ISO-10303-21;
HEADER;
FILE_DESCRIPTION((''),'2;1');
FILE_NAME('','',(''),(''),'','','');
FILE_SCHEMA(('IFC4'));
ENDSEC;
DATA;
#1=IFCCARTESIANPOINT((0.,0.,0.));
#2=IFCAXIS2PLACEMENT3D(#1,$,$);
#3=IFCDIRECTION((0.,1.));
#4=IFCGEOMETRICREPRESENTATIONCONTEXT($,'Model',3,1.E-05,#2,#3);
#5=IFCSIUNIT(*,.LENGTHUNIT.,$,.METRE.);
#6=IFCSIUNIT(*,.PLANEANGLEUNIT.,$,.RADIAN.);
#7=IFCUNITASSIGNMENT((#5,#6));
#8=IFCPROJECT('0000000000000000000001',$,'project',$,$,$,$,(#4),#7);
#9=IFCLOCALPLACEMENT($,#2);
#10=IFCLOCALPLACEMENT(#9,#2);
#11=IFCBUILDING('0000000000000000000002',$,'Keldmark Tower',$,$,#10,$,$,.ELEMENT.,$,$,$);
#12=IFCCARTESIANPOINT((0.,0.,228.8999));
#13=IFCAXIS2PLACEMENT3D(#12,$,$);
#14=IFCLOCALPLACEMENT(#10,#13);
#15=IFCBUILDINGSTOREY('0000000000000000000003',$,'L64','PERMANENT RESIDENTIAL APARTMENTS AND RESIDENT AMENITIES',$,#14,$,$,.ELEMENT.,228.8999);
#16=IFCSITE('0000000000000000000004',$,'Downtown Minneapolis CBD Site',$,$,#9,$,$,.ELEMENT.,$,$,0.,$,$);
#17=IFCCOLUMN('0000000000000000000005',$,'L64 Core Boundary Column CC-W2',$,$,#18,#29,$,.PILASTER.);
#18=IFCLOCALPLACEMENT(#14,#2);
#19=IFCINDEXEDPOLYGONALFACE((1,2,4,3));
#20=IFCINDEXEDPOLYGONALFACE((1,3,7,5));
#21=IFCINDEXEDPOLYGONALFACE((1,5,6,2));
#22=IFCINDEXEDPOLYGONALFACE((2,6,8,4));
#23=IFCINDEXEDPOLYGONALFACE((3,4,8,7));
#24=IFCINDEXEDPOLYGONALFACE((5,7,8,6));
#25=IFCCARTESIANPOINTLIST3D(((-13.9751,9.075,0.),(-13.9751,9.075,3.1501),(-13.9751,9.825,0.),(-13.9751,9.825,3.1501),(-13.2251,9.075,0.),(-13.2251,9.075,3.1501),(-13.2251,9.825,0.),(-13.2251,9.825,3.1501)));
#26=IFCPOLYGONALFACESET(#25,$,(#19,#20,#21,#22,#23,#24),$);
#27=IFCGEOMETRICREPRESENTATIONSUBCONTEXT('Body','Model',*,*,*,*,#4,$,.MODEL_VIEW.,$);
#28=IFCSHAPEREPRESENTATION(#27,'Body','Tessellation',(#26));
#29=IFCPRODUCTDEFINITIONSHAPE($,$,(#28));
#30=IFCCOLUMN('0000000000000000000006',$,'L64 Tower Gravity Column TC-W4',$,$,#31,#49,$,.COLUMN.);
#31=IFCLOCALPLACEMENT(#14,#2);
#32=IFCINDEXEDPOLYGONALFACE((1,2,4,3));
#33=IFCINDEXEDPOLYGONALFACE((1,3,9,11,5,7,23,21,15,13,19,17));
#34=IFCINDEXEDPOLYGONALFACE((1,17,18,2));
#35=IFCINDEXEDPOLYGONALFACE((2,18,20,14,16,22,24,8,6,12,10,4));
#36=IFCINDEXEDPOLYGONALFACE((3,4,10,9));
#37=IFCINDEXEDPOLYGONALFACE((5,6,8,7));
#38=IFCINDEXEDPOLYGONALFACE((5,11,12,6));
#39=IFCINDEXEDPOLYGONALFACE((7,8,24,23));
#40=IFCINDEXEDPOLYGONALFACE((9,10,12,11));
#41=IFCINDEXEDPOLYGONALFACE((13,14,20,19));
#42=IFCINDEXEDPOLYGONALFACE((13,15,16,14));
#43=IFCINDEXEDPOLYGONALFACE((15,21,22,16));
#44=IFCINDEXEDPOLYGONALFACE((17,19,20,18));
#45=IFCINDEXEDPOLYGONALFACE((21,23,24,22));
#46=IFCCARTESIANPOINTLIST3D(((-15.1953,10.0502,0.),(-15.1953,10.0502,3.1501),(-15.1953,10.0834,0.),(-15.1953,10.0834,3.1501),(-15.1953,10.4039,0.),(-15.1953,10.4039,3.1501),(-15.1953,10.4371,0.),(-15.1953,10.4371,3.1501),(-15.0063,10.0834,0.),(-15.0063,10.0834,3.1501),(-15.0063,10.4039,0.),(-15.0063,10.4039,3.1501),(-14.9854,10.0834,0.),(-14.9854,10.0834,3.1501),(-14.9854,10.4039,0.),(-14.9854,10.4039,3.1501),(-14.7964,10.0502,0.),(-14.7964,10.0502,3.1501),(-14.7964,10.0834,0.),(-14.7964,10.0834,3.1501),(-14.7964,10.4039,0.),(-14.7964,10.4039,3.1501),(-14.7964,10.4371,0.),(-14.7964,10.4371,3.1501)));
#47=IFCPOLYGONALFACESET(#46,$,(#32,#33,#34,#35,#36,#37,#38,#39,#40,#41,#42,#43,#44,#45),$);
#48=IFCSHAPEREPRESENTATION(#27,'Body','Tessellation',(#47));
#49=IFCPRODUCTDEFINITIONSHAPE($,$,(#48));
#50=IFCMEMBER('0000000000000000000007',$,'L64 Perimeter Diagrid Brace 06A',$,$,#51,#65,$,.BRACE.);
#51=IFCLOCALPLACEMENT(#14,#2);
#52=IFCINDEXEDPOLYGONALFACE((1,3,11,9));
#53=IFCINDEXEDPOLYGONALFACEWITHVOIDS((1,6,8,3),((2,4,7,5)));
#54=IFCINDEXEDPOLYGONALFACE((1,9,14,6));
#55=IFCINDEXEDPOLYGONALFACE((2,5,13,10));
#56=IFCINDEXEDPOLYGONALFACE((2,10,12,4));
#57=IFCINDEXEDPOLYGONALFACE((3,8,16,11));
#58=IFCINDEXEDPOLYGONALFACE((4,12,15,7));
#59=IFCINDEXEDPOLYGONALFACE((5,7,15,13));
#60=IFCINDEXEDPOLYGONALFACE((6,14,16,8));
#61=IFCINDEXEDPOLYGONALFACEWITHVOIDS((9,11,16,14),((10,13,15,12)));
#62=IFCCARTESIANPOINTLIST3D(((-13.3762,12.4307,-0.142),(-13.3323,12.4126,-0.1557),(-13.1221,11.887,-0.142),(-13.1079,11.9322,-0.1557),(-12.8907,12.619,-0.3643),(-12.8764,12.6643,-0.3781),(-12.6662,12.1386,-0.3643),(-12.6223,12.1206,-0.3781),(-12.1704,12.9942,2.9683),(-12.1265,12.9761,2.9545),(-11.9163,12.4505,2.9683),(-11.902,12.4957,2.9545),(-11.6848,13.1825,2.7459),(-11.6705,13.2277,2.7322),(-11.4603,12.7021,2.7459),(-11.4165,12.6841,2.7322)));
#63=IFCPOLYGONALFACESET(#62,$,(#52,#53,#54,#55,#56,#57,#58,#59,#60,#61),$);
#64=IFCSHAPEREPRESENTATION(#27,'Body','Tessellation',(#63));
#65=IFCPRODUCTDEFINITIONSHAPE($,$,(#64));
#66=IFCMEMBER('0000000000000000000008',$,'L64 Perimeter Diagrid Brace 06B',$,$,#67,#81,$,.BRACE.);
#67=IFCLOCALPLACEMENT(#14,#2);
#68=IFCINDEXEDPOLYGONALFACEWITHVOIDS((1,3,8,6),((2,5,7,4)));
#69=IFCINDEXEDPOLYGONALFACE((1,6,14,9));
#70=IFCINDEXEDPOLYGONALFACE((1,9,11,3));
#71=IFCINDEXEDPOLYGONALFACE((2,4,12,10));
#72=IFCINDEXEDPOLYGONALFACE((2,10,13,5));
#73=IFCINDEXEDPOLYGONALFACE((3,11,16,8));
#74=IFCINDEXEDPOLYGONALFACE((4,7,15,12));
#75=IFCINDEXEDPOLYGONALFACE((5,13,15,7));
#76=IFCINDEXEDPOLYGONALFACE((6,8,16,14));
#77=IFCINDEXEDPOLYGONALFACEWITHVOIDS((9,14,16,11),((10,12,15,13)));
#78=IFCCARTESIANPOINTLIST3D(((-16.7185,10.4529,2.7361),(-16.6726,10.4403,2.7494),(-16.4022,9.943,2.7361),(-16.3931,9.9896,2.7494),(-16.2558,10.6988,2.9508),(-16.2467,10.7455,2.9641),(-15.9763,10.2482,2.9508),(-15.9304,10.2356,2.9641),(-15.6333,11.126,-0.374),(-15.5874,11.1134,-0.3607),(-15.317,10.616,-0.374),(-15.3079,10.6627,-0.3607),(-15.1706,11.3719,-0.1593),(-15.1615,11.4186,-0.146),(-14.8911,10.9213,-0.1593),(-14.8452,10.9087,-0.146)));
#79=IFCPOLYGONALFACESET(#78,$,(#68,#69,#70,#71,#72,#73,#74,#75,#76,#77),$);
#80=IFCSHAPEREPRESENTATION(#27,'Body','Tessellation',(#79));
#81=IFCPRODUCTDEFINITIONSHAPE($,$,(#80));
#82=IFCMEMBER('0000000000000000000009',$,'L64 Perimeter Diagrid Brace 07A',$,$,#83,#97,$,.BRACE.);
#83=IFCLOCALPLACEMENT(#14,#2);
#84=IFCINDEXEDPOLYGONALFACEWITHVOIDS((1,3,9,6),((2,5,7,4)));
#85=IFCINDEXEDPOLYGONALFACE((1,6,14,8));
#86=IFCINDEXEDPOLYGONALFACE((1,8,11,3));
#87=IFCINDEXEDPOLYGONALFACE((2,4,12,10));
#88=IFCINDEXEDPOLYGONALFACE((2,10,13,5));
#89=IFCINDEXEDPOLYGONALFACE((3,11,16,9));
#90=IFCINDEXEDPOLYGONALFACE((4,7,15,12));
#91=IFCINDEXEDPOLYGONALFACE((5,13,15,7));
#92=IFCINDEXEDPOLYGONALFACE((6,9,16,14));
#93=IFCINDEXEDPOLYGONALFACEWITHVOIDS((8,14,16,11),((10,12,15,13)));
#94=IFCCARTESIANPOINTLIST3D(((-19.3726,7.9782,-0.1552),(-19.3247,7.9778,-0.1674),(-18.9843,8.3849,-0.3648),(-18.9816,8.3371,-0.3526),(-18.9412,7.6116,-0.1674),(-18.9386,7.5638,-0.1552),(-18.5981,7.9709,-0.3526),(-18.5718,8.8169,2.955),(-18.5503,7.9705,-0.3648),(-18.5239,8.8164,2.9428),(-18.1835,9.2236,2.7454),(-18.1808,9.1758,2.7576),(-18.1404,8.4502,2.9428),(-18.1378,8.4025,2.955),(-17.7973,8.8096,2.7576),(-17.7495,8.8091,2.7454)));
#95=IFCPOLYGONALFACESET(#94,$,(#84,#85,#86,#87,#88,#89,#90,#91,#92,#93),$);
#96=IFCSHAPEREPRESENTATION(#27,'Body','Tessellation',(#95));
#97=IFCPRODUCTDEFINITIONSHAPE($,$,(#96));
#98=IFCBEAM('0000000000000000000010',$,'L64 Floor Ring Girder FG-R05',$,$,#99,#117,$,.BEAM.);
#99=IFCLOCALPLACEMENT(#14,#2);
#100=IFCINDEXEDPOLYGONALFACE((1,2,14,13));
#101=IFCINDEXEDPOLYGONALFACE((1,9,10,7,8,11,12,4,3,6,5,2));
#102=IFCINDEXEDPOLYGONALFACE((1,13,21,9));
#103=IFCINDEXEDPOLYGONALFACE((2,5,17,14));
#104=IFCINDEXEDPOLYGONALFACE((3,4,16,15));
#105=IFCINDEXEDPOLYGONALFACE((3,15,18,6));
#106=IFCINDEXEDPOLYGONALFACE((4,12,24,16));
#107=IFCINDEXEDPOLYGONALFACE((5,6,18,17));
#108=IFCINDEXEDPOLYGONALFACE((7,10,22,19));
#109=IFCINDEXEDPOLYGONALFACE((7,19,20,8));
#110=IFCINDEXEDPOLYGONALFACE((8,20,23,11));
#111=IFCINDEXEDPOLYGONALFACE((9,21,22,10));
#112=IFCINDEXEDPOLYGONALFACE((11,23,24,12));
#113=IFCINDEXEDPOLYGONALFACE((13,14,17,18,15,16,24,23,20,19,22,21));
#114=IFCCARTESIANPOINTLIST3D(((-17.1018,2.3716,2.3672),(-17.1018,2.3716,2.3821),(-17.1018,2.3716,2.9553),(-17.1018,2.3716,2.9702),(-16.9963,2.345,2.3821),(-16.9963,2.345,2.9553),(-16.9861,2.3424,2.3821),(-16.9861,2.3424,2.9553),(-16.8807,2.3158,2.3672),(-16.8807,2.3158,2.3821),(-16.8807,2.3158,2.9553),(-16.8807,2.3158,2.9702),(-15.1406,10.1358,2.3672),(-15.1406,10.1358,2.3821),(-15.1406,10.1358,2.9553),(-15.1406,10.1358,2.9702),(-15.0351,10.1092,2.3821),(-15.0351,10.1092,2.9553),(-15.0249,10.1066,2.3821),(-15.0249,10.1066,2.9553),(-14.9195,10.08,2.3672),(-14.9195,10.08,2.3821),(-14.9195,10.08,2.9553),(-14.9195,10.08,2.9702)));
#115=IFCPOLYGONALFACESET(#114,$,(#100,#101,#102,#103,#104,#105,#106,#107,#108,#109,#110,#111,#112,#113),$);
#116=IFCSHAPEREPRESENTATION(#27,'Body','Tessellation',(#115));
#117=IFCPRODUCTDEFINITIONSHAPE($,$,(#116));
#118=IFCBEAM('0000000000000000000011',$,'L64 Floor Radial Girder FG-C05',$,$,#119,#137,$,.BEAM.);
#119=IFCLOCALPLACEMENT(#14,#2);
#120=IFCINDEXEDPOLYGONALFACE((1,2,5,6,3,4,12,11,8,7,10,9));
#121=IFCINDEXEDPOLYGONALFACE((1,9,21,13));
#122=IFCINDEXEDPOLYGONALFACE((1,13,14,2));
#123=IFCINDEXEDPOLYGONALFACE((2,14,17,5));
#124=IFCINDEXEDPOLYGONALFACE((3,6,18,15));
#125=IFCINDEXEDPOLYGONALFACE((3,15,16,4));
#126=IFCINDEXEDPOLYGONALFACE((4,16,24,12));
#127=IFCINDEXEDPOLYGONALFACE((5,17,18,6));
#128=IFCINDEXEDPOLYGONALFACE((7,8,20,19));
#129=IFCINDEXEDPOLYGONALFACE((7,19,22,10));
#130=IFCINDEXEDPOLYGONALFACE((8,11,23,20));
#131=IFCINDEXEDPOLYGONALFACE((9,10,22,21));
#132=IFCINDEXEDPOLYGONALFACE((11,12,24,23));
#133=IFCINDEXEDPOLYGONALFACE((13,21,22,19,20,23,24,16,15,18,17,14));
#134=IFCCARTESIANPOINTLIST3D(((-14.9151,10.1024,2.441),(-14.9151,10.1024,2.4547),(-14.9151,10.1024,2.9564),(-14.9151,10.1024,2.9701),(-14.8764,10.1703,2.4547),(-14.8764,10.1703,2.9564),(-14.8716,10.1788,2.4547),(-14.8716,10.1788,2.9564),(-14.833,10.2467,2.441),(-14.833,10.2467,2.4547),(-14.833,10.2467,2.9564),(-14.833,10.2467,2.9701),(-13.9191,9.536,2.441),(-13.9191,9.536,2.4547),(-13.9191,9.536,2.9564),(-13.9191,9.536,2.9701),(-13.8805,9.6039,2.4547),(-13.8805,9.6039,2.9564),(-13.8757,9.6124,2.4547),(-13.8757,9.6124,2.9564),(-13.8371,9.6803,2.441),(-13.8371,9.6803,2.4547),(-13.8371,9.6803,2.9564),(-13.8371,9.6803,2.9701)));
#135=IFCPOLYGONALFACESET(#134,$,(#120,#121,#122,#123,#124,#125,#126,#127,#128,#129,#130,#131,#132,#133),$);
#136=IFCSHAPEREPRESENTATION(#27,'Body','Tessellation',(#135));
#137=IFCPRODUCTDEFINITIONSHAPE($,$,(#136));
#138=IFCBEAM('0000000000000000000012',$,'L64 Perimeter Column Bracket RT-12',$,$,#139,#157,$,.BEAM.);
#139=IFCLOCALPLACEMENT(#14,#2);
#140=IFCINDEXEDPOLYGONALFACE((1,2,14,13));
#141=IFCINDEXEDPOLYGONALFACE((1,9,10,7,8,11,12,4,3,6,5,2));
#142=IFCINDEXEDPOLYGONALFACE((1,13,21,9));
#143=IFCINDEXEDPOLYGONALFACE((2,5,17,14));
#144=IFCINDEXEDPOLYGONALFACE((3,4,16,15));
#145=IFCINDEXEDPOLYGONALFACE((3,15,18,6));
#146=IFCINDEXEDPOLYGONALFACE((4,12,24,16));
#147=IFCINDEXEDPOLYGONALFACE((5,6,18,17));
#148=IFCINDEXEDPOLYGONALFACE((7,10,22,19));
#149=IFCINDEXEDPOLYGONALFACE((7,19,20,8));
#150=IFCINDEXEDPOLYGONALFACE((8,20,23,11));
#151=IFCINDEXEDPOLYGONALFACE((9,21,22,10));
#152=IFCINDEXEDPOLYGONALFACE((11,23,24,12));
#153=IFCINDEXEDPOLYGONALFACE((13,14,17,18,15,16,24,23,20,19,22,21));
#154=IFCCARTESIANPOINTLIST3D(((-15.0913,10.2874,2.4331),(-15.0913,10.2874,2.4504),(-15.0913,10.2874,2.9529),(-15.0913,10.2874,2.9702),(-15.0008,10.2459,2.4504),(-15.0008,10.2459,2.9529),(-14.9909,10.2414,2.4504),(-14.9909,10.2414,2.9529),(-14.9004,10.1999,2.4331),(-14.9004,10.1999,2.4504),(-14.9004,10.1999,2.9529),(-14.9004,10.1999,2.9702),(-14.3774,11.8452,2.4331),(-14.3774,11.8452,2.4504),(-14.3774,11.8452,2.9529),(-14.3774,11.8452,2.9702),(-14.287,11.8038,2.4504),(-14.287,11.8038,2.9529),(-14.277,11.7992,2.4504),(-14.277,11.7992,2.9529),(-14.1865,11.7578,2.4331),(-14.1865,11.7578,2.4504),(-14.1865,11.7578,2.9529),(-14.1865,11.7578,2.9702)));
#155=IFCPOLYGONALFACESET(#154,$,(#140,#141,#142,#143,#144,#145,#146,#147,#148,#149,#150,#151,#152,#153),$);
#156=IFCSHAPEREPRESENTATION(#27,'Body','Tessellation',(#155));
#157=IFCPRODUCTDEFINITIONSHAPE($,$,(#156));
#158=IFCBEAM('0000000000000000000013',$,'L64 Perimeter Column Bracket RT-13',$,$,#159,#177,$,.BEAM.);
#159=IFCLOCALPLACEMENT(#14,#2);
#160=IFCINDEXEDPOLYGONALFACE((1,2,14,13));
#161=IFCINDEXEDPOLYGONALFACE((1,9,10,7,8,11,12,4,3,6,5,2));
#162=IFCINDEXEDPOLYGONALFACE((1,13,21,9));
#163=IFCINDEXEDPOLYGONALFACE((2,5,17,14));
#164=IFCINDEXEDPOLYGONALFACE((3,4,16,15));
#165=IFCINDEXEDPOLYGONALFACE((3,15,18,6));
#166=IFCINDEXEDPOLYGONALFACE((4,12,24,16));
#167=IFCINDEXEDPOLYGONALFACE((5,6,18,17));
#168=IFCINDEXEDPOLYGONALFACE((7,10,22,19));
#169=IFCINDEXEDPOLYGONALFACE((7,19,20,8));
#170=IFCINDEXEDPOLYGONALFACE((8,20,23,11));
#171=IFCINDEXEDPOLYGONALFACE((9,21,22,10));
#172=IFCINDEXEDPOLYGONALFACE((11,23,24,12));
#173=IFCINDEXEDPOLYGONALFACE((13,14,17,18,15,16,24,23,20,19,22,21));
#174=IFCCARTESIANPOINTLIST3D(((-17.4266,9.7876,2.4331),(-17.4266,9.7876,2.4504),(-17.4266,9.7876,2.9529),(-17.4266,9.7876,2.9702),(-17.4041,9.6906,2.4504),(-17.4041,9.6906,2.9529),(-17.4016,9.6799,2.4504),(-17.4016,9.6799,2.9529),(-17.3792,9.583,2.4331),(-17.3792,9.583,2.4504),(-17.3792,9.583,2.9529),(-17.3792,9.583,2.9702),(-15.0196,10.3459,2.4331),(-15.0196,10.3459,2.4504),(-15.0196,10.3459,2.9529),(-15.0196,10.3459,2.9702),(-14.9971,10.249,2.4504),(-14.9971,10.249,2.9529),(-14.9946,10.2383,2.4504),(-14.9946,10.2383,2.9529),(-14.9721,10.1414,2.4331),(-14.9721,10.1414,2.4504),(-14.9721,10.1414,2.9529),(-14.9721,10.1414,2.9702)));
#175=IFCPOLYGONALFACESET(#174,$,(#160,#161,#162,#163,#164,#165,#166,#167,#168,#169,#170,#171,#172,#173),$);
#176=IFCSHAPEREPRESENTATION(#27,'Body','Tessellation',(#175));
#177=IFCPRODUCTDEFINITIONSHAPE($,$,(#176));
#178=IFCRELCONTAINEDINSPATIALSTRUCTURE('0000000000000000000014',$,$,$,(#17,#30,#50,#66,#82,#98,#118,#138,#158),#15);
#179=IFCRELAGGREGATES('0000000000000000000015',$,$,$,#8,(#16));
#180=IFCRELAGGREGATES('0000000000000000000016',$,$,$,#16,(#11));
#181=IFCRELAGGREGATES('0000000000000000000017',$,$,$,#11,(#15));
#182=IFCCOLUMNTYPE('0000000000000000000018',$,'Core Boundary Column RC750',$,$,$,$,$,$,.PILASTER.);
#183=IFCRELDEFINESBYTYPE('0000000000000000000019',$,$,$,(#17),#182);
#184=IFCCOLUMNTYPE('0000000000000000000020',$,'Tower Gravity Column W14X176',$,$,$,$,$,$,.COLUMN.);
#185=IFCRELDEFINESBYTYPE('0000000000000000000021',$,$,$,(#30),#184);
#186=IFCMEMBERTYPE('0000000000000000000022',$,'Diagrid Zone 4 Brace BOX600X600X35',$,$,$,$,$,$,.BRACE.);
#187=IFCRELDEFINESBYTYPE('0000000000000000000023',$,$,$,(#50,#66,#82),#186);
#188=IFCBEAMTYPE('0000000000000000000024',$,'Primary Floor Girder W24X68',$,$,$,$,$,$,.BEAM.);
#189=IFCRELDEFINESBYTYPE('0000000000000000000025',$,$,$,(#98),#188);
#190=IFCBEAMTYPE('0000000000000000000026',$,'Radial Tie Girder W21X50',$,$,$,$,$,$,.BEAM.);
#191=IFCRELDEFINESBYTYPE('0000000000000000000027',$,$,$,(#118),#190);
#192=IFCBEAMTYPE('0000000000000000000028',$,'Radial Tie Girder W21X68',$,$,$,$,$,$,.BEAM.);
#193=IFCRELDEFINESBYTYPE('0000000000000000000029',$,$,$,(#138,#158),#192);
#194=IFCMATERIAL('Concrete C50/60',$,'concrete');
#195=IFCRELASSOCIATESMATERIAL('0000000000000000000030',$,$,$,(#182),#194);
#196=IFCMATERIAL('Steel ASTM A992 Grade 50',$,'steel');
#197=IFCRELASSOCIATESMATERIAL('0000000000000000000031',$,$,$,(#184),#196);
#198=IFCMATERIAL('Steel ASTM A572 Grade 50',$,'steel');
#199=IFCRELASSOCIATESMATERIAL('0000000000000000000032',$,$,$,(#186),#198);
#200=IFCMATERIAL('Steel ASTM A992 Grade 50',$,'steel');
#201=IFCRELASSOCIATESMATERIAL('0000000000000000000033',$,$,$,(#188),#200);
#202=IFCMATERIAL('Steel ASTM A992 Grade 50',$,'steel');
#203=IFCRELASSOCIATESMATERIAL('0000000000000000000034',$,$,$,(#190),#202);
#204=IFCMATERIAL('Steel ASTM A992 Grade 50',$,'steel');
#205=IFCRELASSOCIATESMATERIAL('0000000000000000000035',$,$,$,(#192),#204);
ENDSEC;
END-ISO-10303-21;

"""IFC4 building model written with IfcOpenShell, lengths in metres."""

from ifc_helpers import new_model, si_unit, direction, frame, origin, origin_2d, place, context, subcontext, project, spatial, rectangle, hollow_rectangle, i_section, extrude, material, material_profile, profile_set, type_object, element, save


model = new_model("IFC4")

# Units and contexts
model_context = context("Model", 3, precision=1e-05, world=origin(), true_north=direction((0.0, 1.0)))
body_context = subcontext(model_context, "Body", "Model", "MODEL_VIEW")
ifc_project = project(units=[si_unit("LENGTHUNIT", "METRE"), si_unit("PLANEANGLEUNIT", "RADIAN")], contexts=[model_context])

# Site, building, storey
site_placement = place(None, origin())
site = spatial("IfcSite", under=ifc_project, at=site_placement, Name="Downtown Minneapolis CBD Site", CompositionType="ELEMENT", RefElevation=0.0)
building_placement = place(site_placement, origin())
building = spatial("IfcBuilding", under=site, at=building_placement, Name="Keldmark Tower", CompositionType="ELEMENT")
storey_placement = place(building_placement, frame((0.0, 0.0, 228.8999)))
storey = spatial("IfcBuildingStorey", under=building, at=storey_placement, Name="L64", Description="PERMANENT RESIDENTIAL APARTMENTS AND RESIDENT AMENITIES", CompositionType="ELEMENT", Elevation=228.8999)

# Columns
ifc_material_1 = material(Name="Concrete C50/60", Category="concrete")
ifc_material_profile_1 = material_profile(ifc_material_1, rectangle(XDim=0.75, YDim=0.75, at=origin_2d()), Name="RC750X750")
ifc_profile_set_1 = profile_set([ifc_material_profile_1], Name="Concrete C50/60")
column_type_1 = type_object("IfcColumnType", Name="Core Boundary Column RC750", PredefinedType="PILASTER", material=ifc_profile_set_1)
column_1_placement = place(storey_placement, frame((-13.6001, 9.45, 0.0), z_axis=(0.0, 0.0, 1.0), x_axis=(1.0, 0.0, 0.0)))
element("IfcColumn", 1, at=column_1_placement, inside=storey, type_object=column_type_1, Name="L64 Core Boundary Column CC-W2", PredefinedType="PILASTER", context=body_context, shape_type="SweptSolid", body=[
    extrude(rectangle(XDim=0.75, YDim=0.75, at=origin_2d()), origin(), (0.0, 0.0, 1.0), 3.1501),
])
ifc_material_2 = material(Name="Steel ASTM A992 Grade 50", Category="steel")
ifc_material_profile_2 = material_profile(ifc_material_2, i_section(OverallWidth=0.3989, OverallDepth=0.387, WebThickness=0.021, FlangeThickness=0.0332, at=origin_2d()), Name="W14X176")
ifc_profile_set_2 = profile_set([ifc_material_profile_2], Name="Steel ASTM A992 Grade 50")
column_type_2 = type_object("IfcColumnType", Name="Tower Gravity Column W14X176", PredefinedType="COLUMN", material=ifc_profile_set_2)
column_2_placement = place(storey_placement, frame((-14.9958, 10.2437, 0.0), z_axis=(0.0, 0.0, 1.0), x_axis=(1.0, 0.0, 0.0)))
element("IfcColumn", 2, at=column_2_placement, inside=storey, type_object=column_type_2, Name="L64 Tower Gravity Column TC-W4", PredefinedType="COLUMN", context=body_context, shape_type="SweptSolid", body=[
    extrude(i_section(OverallWidth=0.3989, OverallDepth=0.387, WebThickness=0.021, FlangeThickness=0.0332, at=origin_2d()), origin(), (0.0, 0.0, 1.0), 3.1501),
])

# Members
ifc_material_3 = material(Name="Steel ASTM A572 Grade 50", Category="steel")
ifc_material_profile_3 = material_profile(ifc_material_3, hollow_rectangle(XDim=0.6001, YDim=0.6001, WallThickness=0.0349, at=origin_2d()), Name="BOX600X600X35")
ifc_profile_set_3 = profile_set([ifc_material_profile_3], Name="Steel ASTM A572 Grade 50")
member_type = type_object("IfcMemberType", Name="Diagrid Zone 4 Brace BOX600X600X35", PredefinedType="BRACE", material=ifc_profile_set_3)
member_1_placement = place(storey_placement, frame((-12.9993, 12.2756, -0.26), z_axis=(0.356439, 0.166564, 0.919352), x_axis=(-0.423357, 0.905963, 0.0)))
element("IfcMember", 3, at=member_1_placement, inside=storey, type_object=member_type, Name="L64 Perimeter Diagrid Brace 06A", PredefinedType="BRACE", context=body_context, shape_type="SweptSolid", body=[
    extrude(hollow_rectangle(XDim=0.6001, YDim=0.6001, WallThickness=0.0349, at=origin_2d()), origin(), (0.0, 0.0, 1.0), 3.3831),
])
member_2_placement = place(storey_placement, frame((-15.2393, 11.0173, -0.26), z_axis=(-0.322779, -0.200203, 0.925058), x_axis=(0.527092, -0.849808, 0.0)))
element("IfcMember", 4, at=member_2_placement, inside=storey, type_object=member_type, Name="L64 Perimeter Diagrid Brace 06B", PredefinedType="BRACE", context=body_context, shape_type="SweptSolid", body=[
    extrude(hollow_rectangle(XDim=0.6001, YDim=0.6001, WallThickness=0.0349, at=origin_2d()), origin(), (0.0, 0.0, 1.0), 3.3621),
])
member_3_placement = place(storey_placement, frame((-18.9614, 7.9744, -0.26), z_axis=(0.241255, 0.252656, 0.936996), x_axis=(-0.723236, 0.690601, 0.0)))
element("IfcMember", 5, at=member_3_placement, inside=storey, type_object=member_type, Name="L64 Perimeter Diagrid Brace 07A", PredefinedType="BRACE", context=body_context, shape_type="SweptSolid", body=[
    extrude(hollow_rectangle(XDim=0.6001, YDim=0.6001, WallThickness=0.0349, at=origin_2d()), origin(), (0.0, 0.0, 1.0), 3.3193),
])

# Beams
ifc_material_4 = material(Name="Steel ASTM A992 Grade 50", Category="steel")
ifc_material_profile_4 = material_profile(ifc_material_4, i_section(OverallWidth=0.228, OverallDepth=0.603, WebThickness=0.0105, FlangeThickness=0.0149, at=origin_2d()), Name="W24X68")
ifc_profile_set_4 = profile_set([ifc_material_profile_4], Name="Steel ASTM A992 Grade 50")
beam_type_1 = type_object("IfcBeamType", Name="Primary Floor Girder W24X68", PredefinedType="BEAM", material=ifc_profile_set_4)
beam_1_placement = place(storey_placement, frame((-15.03, 10.1079, 2.6687), z_axis=(-0.244902, -0.969548, 0.0), x_axis=(0.969548, -0.244902, 0.0)))
element("IfcBeam", 6, at=beam_1_placement, inside=storey, type_object=beam_type_1, Name="L64 Floor Ring Girder FG-R05", PredefinedType="BEAM", context=body_context, shape_type="SweptSolid", body=[
    extrude(i_section(OverallWidth=0.228, OverallDepth=0.603, WebThickness=0.0105, FlangeThickness=0.0149, at=origin_2d()), origin(), (0.0, 0.0, 1.0), 8.0081),
])
ifc_material_5 = material(Name="Steel ASTM A992 Grade 50", Category="steel")
ifc_material_profile_5 = material_profile(ifc_material_5, i_section(OverallWidth=0.166, OverallDepth=0.5291, WebThickness=0.0098, FlangeThickness=0.0137, at=origin_2d()), Name="W21X50")
ifc_profile_set_5 = profile_set([ifc_material_profile_5], Name="Steel ASTM A992 Grade 50")
beam_type_2 = type_object("IfcBeamType", Name="Radial Tie Girder W21X50", PredefinedType="BEAM", material=ifc_profile_set_5)
beam_2_placement = place(storey_placement, frame((-14.874, 10.1746, 2.7056), z_axis=(0.869238, -0.494394, 0.0), x_axis=(0.494394, 0.869238, 0.0)))
element("IfcBeam", 7, at=beam_2_placement, inside=storey, type_object=beam_type_2, Name="L64 Floor Radial Girder FG-C05", PredefinedType="BEAM", context=body_context, shape_type="SweptSolid", body=[
    extrude(i_section(OverallWidth=0.166, OverallDepth=0.5291, WebThickness=0.0098, FlangeThickness=0.0137, at=origin_2d()), origin(), (0.0, 0.0, 1.0), 1.1458),
])
ifc_material_6 = material(Name="Steel ASTM A992 Grade 50", Category="steel")
ifc_material_profile_6 = material_profile(ifc_material_6, i_section(OverallWidth=0.21, OverallDepth=0.5371, WebThickness=0.011, FlangeThickness=0.0173, at=origin_2d()), Name="W21X68")
ifc_profile_set_6 = profile_set([ifc_material_profile_6], Name="Steel ASTM A992 Grade 50")
beam_type_3 = type_object("IfcBeamType", Name="Radial Tie Girder W21X68", PredefinedType="BEAM", material=ifc_profile_set_6)
beam_3_placement = place(storey_placement, frame((-14.9958, 10.2437, 2.7017), z_axis=(0.416581, 0.909099, 0.0), x_axis=(-0.909099, 0.416581, 0.0)))
element("IfcBeam", 8, at=beam_3_placement, inside=storey, type_object=beam_type_3, Name="L64 Perimeter Column Bracket RT-12", PredefinedType="BEAM", context=body_context, shape_type="SweptSolid", body=[
    extrude(i_section(OverallWidth=0.21, OverallDepth=0.5371, WebThickness=0.011, FlangeThickness=0.0173, at=origin_2d()), origin(), (0.0, 0.0, 1.0), 1.7136),
])
beam_4_placement = place(storey_placement, frame((-14.9958, 10.2437, 2.7017), z_axis=(-0.974134, -0.225971, 0.0), x_axis=(0.225971, -0.974134, 0.0)))
element("IfcBeam", 9, at=beam_4_placement, inside=storey, type_object=beam_type_3, Name="L64 Perimeter Column Bracket RT-13", PredefinedType="BEAM", context=body_context, shape_type="SweptSolid", body=[
    extrude(i_section(OverallWidth=0.21, OverallDepth=0.5371, WebThickness=0.011, FlangeThickness=0.0173, at=origin_2d()), origin(), (0.0, 0.0, 1.0), 2.4709),
])

save(model, "model.ifc")
